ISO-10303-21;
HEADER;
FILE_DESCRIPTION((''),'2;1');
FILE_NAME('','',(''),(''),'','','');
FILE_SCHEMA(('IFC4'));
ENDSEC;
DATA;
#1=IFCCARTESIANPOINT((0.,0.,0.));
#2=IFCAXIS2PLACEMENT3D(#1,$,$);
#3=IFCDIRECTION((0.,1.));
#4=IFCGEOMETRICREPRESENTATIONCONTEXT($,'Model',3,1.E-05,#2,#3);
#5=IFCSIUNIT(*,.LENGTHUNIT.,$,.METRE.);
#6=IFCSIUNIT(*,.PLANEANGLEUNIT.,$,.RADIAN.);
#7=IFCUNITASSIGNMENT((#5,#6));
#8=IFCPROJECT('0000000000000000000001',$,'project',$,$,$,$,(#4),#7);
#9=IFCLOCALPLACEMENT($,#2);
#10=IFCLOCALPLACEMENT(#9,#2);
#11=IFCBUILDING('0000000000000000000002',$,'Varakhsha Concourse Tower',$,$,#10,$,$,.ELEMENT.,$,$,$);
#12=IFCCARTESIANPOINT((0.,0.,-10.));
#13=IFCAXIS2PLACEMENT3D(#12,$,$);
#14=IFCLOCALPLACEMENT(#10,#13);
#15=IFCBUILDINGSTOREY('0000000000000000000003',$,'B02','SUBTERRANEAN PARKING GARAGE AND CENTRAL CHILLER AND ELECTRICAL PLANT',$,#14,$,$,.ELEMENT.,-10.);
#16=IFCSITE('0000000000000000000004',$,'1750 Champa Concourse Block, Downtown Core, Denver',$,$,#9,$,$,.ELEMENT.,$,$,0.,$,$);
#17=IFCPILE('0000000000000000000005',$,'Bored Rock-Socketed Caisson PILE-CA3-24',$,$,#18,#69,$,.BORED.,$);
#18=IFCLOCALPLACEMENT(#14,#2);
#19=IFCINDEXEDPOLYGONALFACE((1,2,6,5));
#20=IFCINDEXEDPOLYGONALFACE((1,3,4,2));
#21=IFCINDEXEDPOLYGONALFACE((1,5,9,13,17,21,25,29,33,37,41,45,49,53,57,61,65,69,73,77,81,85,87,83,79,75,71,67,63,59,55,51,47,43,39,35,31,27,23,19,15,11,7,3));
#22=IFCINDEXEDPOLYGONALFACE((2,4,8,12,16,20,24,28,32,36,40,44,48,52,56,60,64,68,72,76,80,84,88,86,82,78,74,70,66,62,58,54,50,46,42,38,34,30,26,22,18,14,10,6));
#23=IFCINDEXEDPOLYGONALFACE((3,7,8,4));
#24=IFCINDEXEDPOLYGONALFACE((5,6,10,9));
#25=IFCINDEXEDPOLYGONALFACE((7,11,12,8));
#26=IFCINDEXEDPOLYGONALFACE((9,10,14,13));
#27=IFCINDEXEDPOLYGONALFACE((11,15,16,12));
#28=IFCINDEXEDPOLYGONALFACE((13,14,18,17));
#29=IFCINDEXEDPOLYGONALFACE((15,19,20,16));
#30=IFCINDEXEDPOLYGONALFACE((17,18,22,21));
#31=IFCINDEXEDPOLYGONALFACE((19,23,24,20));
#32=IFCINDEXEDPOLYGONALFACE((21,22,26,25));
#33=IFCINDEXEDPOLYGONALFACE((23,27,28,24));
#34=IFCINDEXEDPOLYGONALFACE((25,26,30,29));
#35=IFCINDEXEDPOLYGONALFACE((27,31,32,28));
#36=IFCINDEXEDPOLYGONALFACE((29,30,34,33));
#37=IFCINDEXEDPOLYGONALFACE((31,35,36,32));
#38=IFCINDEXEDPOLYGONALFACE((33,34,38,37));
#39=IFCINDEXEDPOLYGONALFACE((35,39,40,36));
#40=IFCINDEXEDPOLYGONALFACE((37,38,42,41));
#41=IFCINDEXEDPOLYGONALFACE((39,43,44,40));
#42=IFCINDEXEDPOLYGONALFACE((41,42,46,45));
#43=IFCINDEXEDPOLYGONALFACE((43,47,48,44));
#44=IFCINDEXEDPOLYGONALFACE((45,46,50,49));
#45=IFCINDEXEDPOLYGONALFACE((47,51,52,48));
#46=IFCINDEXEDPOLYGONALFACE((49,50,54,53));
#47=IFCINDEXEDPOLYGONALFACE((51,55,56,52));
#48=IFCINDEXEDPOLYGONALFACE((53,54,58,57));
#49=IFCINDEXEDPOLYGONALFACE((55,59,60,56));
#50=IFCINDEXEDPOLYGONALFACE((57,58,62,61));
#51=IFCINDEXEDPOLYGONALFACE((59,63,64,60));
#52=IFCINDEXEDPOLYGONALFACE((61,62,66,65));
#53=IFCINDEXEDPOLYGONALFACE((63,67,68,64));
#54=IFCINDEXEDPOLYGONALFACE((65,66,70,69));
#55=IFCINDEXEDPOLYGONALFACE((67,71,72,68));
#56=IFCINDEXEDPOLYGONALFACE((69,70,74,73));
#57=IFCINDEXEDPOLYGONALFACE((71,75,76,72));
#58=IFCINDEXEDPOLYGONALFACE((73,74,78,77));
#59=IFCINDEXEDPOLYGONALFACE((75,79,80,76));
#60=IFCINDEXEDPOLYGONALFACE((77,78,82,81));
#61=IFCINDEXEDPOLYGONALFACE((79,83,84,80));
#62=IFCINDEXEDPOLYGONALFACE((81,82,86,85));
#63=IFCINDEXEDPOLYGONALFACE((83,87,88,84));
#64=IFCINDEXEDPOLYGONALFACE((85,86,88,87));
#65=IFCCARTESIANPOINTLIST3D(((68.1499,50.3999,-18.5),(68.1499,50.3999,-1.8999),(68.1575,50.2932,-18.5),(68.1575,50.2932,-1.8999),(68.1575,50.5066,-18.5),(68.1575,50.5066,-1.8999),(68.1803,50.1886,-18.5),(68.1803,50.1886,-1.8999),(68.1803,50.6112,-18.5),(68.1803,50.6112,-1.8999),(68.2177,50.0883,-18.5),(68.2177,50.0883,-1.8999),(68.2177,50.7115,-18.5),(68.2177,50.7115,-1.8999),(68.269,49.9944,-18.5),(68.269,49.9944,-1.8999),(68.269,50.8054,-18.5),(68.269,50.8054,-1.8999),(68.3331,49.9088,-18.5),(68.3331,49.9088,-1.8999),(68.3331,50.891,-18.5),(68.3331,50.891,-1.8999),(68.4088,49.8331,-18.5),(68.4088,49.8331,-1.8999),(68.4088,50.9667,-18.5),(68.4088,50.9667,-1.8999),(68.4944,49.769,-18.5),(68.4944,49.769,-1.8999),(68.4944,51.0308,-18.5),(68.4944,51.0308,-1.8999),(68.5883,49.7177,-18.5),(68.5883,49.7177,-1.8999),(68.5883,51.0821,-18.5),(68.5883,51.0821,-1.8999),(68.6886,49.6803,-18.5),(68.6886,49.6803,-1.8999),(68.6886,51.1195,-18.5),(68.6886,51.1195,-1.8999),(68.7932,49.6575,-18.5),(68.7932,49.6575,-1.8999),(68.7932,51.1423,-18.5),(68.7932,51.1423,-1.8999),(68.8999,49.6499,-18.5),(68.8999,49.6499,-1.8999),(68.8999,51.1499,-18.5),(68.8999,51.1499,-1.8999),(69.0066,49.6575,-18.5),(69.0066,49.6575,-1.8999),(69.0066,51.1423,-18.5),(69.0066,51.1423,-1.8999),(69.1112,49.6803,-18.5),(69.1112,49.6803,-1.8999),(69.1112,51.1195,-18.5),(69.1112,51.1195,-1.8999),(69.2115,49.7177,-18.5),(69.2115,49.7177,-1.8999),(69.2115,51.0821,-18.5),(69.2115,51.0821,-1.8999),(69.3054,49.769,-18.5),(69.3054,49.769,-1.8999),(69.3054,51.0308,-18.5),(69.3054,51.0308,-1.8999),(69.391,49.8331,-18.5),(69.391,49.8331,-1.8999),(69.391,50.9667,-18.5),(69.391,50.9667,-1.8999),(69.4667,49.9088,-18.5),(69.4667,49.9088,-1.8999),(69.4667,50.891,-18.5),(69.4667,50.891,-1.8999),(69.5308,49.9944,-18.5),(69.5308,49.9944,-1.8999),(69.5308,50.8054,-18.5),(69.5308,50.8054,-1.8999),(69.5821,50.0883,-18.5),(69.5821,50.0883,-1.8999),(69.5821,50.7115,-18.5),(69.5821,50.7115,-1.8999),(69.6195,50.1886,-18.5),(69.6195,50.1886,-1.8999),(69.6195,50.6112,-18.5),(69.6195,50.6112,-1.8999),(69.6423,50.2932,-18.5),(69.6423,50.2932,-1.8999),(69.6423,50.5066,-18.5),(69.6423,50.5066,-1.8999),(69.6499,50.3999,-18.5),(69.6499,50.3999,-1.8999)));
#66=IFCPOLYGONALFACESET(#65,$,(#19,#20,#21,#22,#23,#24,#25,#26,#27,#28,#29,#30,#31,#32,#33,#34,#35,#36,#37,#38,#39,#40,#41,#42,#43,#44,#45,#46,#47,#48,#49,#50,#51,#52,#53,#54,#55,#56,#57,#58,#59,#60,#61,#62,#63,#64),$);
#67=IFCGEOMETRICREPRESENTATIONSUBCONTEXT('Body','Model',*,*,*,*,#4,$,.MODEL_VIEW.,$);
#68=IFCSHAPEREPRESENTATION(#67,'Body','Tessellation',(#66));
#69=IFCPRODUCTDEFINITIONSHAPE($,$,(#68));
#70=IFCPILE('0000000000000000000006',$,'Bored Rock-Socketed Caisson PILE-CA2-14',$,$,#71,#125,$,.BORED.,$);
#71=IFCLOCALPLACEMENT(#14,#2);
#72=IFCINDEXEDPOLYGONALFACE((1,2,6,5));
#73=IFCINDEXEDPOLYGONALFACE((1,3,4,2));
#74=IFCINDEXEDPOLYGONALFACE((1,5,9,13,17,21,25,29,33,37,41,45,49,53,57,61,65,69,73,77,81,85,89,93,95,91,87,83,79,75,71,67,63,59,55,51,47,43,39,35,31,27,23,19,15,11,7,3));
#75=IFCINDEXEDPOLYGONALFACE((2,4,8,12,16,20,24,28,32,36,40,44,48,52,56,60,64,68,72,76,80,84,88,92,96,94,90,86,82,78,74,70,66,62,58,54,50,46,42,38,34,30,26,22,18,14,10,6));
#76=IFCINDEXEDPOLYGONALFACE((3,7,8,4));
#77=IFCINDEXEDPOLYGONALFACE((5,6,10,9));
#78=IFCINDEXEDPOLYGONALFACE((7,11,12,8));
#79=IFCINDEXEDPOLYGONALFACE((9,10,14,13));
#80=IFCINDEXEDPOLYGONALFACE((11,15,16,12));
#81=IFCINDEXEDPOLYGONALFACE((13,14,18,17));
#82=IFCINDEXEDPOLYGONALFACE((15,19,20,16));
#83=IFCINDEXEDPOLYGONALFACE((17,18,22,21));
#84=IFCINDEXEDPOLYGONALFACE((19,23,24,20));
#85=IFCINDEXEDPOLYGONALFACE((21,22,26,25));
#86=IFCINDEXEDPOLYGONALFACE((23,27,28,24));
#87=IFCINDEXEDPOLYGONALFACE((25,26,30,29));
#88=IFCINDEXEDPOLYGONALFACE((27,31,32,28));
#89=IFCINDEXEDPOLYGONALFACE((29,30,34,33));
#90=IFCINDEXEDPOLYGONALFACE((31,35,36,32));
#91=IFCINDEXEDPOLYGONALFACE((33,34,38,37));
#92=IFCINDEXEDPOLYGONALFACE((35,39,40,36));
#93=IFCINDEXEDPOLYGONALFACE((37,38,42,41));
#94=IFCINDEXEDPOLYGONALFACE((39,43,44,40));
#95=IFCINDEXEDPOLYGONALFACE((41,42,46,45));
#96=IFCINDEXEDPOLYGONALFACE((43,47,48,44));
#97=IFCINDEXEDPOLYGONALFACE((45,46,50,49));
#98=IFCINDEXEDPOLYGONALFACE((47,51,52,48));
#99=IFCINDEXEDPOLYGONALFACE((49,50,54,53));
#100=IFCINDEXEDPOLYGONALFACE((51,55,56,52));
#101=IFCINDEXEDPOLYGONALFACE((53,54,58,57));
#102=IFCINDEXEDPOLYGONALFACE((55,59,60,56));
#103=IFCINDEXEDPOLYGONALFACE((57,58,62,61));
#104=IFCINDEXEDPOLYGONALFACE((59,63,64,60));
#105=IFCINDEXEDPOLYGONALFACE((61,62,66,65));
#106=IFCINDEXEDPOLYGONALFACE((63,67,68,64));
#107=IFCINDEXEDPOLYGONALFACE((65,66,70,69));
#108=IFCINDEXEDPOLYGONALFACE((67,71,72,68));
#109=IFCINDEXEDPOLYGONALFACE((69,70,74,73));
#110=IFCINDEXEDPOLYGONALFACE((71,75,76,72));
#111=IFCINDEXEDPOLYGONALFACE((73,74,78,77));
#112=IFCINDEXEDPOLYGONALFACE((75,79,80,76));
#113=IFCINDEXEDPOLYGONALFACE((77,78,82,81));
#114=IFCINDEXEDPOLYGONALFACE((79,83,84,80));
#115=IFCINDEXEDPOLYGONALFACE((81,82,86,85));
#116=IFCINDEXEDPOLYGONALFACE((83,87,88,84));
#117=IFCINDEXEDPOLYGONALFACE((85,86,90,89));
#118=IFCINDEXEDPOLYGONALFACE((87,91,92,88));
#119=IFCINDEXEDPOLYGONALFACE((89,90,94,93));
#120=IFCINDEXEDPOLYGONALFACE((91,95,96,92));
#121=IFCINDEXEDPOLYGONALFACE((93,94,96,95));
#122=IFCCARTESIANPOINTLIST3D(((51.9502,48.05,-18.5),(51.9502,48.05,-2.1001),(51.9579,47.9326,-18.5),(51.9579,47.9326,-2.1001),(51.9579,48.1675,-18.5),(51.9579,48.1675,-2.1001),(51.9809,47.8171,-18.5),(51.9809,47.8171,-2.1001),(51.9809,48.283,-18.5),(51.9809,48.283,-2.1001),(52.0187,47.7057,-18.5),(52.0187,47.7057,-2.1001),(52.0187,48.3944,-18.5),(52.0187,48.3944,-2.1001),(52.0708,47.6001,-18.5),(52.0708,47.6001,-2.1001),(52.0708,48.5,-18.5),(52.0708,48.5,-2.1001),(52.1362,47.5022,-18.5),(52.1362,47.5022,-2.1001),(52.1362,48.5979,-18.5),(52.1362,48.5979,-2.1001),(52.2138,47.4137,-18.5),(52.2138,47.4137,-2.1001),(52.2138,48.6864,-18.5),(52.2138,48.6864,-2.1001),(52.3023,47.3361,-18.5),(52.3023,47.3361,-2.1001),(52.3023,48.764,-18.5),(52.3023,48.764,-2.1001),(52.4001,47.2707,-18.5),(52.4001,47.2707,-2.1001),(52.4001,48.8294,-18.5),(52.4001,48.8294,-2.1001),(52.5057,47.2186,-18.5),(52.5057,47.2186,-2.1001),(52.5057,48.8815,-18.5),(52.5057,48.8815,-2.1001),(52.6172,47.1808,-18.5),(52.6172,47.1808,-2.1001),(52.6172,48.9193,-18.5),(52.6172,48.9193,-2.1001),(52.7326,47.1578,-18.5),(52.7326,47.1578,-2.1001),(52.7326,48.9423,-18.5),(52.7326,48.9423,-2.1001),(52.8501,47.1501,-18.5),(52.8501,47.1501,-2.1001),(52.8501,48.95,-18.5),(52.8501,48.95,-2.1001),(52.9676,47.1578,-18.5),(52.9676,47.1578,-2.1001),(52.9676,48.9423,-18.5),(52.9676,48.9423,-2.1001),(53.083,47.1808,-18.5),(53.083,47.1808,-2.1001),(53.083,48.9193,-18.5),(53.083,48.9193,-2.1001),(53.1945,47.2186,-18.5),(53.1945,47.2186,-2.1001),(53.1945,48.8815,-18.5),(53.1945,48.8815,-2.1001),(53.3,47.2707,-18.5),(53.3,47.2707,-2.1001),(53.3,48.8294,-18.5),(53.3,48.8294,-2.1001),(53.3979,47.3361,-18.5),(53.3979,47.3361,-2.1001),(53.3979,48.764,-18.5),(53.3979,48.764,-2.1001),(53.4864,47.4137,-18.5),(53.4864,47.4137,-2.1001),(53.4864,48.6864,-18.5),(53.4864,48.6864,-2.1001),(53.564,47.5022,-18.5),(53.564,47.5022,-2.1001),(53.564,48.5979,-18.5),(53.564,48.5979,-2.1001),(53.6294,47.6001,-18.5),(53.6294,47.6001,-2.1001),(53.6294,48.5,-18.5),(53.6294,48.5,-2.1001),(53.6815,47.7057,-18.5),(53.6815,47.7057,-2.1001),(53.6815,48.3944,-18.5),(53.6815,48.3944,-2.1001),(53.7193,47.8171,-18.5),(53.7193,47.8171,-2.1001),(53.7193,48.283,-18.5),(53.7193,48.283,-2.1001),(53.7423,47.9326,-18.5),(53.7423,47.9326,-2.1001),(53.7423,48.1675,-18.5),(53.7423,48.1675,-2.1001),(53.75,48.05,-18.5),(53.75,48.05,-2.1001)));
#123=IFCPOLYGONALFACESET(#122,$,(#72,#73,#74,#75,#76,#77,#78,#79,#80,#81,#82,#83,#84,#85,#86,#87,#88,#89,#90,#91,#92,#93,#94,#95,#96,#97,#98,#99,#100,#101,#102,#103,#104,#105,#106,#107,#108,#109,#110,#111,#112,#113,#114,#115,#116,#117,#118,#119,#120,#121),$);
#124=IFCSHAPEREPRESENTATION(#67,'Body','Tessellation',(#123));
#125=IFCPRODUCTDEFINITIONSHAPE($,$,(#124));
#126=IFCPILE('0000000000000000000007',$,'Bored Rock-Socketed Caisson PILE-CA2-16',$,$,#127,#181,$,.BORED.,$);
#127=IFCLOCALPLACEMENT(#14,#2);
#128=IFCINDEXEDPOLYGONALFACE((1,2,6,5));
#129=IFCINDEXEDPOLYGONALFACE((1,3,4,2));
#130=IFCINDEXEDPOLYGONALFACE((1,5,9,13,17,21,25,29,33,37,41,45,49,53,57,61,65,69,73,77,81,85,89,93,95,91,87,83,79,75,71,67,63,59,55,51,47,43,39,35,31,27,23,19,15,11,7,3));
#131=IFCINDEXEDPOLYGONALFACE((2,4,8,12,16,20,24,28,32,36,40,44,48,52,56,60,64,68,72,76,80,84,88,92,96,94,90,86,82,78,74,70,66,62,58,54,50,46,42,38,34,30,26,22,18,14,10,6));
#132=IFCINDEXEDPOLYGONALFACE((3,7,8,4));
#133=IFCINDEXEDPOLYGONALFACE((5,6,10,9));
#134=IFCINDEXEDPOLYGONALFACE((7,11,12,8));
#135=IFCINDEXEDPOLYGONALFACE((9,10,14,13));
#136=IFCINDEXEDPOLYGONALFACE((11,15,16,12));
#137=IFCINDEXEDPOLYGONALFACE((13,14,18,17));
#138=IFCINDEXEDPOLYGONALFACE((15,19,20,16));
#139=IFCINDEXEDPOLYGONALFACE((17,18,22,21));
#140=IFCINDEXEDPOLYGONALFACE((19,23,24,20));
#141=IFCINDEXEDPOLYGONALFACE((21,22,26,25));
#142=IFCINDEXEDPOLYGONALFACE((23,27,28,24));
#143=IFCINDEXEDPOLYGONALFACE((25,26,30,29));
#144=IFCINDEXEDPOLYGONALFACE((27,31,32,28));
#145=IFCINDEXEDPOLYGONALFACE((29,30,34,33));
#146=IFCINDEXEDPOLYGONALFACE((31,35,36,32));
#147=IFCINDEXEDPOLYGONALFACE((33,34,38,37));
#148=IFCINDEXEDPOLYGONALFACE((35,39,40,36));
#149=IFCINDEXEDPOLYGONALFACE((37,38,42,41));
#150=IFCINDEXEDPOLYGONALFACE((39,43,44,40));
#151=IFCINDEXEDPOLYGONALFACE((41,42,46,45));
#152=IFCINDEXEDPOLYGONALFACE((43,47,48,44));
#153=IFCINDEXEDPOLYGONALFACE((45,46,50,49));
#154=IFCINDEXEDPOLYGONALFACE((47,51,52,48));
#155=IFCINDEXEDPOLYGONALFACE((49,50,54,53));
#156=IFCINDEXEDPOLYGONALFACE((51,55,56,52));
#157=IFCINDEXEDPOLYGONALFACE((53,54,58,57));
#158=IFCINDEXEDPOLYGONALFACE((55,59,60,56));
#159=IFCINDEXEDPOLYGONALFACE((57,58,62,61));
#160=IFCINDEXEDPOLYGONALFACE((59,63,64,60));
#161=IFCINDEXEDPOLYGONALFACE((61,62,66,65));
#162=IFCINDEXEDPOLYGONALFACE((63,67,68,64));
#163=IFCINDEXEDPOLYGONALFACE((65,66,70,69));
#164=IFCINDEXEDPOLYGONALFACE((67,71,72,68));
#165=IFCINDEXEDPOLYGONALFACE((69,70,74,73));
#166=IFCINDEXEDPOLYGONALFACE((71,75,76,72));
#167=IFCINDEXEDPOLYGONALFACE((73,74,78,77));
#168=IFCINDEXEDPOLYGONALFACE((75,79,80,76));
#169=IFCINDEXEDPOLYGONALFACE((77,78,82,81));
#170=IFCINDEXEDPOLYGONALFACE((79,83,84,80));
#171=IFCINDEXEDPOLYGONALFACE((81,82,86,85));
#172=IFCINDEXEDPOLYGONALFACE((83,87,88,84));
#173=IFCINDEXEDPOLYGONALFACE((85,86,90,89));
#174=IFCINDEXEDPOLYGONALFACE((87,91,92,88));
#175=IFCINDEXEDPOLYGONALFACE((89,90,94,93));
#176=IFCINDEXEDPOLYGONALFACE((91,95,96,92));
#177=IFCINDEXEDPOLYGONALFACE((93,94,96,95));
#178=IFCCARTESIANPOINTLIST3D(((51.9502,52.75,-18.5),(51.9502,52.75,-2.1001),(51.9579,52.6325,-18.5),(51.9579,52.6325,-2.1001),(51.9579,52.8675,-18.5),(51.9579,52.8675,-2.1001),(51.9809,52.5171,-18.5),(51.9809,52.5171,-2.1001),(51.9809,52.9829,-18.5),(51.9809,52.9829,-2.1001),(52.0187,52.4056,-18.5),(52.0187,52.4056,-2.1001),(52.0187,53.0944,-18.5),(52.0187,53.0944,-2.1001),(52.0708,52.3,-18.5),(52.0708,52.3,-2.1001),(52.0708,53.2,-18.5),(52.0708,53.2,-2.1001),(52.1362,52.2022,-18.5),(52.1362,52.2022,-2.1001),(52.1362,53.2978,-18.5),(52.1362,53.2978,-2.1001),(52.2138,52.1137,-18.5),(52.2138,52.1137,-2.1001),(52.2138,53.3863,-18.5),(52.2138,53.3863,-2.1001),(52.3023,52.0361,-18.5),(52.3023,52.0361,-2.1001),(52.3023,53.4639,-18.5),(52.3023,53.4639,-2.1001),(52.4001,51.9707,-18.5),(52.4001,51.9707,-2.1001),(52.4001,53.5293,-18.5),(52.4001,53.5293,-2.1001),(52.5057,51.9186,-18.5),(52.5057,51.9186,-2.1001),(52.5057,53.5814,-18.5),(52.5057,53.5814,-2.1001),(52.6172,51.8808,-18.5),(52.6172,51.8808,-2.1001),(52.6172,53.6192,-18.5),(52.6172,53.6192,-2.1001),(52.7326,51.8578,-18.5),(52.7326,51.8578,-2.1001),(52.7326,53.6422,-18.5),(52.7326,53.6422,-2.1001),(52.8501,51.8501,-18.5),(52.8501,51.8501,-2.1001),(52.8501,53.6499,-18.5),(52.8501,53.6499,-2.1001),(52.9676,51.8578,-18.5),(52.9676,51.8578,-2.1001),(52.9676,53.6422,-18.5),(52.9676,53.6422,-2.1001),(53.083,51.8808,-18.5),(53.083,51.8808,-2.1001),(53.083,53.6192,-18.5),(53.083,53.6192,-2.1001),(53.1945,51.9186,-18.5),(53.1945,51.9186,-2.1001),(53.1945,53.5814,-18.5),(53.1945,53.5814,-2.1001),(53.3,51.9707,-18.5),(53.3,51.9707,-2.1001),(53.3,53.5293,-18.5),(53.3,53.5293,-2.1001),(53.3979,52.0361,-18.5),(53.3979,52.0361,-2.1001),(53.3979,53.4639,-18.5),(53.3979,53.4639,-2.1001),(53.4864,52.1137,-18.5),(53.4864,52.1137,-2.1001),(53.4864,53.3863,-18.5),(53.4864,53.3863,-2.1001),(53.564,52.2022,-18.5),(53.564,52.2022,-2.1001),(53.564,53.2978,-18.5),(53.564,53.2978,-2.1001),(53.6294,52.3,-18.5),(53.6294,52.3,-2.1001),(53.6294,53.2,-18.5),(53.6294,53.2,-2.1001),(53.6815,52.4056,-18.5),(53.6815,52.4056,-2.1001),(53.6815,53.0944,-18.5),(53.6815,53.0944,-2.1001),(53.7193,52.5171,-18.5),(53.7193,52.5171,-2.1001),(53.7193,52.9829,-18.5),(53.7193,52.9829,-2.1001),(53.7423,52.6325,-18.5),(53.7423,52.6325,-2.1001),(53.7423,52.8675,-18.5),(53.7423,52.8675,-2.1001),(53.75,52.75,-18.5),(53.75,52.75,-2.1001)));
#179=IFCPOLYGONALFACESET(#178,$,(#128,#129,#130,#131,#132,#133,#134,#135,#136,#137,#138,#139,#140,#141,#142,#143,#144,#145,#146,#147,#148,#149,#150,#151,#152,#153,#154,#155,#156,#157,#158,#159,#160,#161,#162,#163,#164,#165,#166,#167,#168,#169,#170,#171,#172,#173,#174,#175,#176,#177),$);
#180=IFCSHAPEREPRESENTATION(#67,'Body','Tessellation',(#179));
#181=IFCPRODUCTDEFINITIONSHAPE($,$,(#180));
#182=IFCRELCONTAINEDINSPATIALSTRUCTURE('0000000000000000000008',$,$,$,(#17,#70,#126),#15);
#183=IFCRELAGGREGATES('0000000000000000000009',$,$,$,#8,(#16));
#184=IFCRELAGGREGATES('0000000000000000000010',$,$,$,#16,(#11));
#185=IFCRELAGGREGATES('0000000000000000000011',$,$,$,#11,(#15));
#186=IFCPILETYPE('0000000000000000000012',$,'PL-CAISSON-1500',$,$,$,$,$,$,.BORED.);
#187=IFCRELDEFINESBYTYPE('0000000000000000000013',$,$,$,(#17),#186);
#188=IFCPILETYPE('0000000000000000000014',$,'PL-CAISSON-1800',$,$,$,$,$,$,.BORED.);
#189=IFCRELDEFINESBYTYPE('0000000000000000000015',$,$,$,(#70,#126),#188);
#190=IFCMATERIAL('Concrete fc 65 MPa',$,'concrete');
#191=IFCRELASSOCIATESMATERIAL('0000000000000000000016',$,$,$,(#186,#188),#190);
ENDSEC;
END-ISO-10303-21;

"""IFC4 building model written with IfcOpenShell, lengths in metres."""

from ifc_helpers import new_model, si_unit, direction, frame, origin, origin_2d, place, context, subcontext, project, spatial, circle, extrude, material, material_profile, profile_set, type_object, element, save


model = new_model("IFC4")

# Units and contexts
model_context = context("Model", 3, precision=1e-05, world=origin(), true_north=direction((0.0, 1.0)))
body_context = subcontext(model_context, "Body", "Model", "MODEL_VIEW")
ifc_project = project(units=[si_unit("LENGTHUNIT", "METRE"), si_unit("PLANEANGLEUNIT", "RADIAN")], contexts=[model_context])

# Site, building, storey
site_placement = place(None, origin())
site = spatial("IfcSite", under=ifc_project, at=site_placement, Name="1750 Champa Concourse Block, Downtown Core, Denver", CompositionType="ELEMENT", RefElevation=0.0)
building_placement = place(site_placement, origin())
building = spatial("IfcBuilding", under=site, at=building_placement, Name="Varakhsha Concourse Tower", CompositionType="ELEMENT")
storey_placement = place(building_placement, frame((0.0, 0.0, -10.0)))
storey = spatial("IfcBuildingStorey", under=building, at=storey_placement, Name="B02", Description="SUBTERRANEAN PARKING GARAGE AND CENTRAL CHILLER AND ELECTRICAL PLANT", CompositionType="ELEMENT", Elevation=-10.0)

# Piles
ifc_material_1 = material(Name="Concrete fc 65 MPa", Category="concrete")
ifc_material_profile_1 = material_profile(ifc_material_1, circle(Radius=0.75, at=origin_2d()), Name="CAISSON D1500")
ifc_profile_set_1 = profile_set([ifc_material_profile_1], Name="Concrete fc 65 MPa")
pile_type_1 = type_object("IfcPileType", Name="PL-CAISSON-1500", PredefinedType="BORED", material=ifc_profile_set_1)
for number, where, z_axis, x_axis, name in (
    (1, (68.8999, 50.3999, -1.8999), (0.0, 0.0, -1.0), (1.0, 0.0, 0.0), "Bored Rock-Socketed Caisson PILE-CA3-24"),
):
    element("IfcPile", number, at=place(storey_placement, frame(where, z_axis=z_axis, x_axis=x_axis)), inside=storey, type_object=pile_type_1, Name=name, PredefinedType="BORED", context=body_context, shape_type="SweptSolid", body=[
        extrude(circle(Radius=0.75, at=origin_2d()), origin(), (0.0, 0.0, 1.0), 16.6001),
    ])
ifc_material_profile_2 = material_profile(ifc_material_1, circle(Radius=0.8999, at=origin_2d()), Name="CAISSON D1800")
ifc_profile_set_2 = profile_set([ifc_material_profile_2], Name="Concrete fc 65 MPa")
pile_type_2 = type_object("IfcPileType", Name="PL-CAISSON-1800", PredefinedType="BORED", material=ifc_profile_set_2)
for number, where, z_axis, x_axis, name in (
    (2, (52.8501, 48.05, -2.1001), (0.0, 0.0, -1.0), (1.0, 0.0, 0.0), "Bored Rock-Socketed Caisson PILE-CA2-14"),
    (3, (52.8501, 52.75, -2.1001), (0.0, 0.0, -1.0), (1.0, 0.0, 0.0), "Bored Rock-Socketed Caisson PILE-CA2-16"),
):
    element("IfcPile", number, at=place(storey_placement, frame(where, z_axis=z_axis, x_axis=x_axis)), inside=storey, type_object=pile_type_2, Name=name, PredefinedType="BORED", context=body_context, shape_type="SweptSolid", body=[
        extrude(circle(Radius=0.8999, at=origin_2d()), origin(), (0.0, 0.0, 1.0), 16.3999),
    ])

save(model, "model.ifc")
